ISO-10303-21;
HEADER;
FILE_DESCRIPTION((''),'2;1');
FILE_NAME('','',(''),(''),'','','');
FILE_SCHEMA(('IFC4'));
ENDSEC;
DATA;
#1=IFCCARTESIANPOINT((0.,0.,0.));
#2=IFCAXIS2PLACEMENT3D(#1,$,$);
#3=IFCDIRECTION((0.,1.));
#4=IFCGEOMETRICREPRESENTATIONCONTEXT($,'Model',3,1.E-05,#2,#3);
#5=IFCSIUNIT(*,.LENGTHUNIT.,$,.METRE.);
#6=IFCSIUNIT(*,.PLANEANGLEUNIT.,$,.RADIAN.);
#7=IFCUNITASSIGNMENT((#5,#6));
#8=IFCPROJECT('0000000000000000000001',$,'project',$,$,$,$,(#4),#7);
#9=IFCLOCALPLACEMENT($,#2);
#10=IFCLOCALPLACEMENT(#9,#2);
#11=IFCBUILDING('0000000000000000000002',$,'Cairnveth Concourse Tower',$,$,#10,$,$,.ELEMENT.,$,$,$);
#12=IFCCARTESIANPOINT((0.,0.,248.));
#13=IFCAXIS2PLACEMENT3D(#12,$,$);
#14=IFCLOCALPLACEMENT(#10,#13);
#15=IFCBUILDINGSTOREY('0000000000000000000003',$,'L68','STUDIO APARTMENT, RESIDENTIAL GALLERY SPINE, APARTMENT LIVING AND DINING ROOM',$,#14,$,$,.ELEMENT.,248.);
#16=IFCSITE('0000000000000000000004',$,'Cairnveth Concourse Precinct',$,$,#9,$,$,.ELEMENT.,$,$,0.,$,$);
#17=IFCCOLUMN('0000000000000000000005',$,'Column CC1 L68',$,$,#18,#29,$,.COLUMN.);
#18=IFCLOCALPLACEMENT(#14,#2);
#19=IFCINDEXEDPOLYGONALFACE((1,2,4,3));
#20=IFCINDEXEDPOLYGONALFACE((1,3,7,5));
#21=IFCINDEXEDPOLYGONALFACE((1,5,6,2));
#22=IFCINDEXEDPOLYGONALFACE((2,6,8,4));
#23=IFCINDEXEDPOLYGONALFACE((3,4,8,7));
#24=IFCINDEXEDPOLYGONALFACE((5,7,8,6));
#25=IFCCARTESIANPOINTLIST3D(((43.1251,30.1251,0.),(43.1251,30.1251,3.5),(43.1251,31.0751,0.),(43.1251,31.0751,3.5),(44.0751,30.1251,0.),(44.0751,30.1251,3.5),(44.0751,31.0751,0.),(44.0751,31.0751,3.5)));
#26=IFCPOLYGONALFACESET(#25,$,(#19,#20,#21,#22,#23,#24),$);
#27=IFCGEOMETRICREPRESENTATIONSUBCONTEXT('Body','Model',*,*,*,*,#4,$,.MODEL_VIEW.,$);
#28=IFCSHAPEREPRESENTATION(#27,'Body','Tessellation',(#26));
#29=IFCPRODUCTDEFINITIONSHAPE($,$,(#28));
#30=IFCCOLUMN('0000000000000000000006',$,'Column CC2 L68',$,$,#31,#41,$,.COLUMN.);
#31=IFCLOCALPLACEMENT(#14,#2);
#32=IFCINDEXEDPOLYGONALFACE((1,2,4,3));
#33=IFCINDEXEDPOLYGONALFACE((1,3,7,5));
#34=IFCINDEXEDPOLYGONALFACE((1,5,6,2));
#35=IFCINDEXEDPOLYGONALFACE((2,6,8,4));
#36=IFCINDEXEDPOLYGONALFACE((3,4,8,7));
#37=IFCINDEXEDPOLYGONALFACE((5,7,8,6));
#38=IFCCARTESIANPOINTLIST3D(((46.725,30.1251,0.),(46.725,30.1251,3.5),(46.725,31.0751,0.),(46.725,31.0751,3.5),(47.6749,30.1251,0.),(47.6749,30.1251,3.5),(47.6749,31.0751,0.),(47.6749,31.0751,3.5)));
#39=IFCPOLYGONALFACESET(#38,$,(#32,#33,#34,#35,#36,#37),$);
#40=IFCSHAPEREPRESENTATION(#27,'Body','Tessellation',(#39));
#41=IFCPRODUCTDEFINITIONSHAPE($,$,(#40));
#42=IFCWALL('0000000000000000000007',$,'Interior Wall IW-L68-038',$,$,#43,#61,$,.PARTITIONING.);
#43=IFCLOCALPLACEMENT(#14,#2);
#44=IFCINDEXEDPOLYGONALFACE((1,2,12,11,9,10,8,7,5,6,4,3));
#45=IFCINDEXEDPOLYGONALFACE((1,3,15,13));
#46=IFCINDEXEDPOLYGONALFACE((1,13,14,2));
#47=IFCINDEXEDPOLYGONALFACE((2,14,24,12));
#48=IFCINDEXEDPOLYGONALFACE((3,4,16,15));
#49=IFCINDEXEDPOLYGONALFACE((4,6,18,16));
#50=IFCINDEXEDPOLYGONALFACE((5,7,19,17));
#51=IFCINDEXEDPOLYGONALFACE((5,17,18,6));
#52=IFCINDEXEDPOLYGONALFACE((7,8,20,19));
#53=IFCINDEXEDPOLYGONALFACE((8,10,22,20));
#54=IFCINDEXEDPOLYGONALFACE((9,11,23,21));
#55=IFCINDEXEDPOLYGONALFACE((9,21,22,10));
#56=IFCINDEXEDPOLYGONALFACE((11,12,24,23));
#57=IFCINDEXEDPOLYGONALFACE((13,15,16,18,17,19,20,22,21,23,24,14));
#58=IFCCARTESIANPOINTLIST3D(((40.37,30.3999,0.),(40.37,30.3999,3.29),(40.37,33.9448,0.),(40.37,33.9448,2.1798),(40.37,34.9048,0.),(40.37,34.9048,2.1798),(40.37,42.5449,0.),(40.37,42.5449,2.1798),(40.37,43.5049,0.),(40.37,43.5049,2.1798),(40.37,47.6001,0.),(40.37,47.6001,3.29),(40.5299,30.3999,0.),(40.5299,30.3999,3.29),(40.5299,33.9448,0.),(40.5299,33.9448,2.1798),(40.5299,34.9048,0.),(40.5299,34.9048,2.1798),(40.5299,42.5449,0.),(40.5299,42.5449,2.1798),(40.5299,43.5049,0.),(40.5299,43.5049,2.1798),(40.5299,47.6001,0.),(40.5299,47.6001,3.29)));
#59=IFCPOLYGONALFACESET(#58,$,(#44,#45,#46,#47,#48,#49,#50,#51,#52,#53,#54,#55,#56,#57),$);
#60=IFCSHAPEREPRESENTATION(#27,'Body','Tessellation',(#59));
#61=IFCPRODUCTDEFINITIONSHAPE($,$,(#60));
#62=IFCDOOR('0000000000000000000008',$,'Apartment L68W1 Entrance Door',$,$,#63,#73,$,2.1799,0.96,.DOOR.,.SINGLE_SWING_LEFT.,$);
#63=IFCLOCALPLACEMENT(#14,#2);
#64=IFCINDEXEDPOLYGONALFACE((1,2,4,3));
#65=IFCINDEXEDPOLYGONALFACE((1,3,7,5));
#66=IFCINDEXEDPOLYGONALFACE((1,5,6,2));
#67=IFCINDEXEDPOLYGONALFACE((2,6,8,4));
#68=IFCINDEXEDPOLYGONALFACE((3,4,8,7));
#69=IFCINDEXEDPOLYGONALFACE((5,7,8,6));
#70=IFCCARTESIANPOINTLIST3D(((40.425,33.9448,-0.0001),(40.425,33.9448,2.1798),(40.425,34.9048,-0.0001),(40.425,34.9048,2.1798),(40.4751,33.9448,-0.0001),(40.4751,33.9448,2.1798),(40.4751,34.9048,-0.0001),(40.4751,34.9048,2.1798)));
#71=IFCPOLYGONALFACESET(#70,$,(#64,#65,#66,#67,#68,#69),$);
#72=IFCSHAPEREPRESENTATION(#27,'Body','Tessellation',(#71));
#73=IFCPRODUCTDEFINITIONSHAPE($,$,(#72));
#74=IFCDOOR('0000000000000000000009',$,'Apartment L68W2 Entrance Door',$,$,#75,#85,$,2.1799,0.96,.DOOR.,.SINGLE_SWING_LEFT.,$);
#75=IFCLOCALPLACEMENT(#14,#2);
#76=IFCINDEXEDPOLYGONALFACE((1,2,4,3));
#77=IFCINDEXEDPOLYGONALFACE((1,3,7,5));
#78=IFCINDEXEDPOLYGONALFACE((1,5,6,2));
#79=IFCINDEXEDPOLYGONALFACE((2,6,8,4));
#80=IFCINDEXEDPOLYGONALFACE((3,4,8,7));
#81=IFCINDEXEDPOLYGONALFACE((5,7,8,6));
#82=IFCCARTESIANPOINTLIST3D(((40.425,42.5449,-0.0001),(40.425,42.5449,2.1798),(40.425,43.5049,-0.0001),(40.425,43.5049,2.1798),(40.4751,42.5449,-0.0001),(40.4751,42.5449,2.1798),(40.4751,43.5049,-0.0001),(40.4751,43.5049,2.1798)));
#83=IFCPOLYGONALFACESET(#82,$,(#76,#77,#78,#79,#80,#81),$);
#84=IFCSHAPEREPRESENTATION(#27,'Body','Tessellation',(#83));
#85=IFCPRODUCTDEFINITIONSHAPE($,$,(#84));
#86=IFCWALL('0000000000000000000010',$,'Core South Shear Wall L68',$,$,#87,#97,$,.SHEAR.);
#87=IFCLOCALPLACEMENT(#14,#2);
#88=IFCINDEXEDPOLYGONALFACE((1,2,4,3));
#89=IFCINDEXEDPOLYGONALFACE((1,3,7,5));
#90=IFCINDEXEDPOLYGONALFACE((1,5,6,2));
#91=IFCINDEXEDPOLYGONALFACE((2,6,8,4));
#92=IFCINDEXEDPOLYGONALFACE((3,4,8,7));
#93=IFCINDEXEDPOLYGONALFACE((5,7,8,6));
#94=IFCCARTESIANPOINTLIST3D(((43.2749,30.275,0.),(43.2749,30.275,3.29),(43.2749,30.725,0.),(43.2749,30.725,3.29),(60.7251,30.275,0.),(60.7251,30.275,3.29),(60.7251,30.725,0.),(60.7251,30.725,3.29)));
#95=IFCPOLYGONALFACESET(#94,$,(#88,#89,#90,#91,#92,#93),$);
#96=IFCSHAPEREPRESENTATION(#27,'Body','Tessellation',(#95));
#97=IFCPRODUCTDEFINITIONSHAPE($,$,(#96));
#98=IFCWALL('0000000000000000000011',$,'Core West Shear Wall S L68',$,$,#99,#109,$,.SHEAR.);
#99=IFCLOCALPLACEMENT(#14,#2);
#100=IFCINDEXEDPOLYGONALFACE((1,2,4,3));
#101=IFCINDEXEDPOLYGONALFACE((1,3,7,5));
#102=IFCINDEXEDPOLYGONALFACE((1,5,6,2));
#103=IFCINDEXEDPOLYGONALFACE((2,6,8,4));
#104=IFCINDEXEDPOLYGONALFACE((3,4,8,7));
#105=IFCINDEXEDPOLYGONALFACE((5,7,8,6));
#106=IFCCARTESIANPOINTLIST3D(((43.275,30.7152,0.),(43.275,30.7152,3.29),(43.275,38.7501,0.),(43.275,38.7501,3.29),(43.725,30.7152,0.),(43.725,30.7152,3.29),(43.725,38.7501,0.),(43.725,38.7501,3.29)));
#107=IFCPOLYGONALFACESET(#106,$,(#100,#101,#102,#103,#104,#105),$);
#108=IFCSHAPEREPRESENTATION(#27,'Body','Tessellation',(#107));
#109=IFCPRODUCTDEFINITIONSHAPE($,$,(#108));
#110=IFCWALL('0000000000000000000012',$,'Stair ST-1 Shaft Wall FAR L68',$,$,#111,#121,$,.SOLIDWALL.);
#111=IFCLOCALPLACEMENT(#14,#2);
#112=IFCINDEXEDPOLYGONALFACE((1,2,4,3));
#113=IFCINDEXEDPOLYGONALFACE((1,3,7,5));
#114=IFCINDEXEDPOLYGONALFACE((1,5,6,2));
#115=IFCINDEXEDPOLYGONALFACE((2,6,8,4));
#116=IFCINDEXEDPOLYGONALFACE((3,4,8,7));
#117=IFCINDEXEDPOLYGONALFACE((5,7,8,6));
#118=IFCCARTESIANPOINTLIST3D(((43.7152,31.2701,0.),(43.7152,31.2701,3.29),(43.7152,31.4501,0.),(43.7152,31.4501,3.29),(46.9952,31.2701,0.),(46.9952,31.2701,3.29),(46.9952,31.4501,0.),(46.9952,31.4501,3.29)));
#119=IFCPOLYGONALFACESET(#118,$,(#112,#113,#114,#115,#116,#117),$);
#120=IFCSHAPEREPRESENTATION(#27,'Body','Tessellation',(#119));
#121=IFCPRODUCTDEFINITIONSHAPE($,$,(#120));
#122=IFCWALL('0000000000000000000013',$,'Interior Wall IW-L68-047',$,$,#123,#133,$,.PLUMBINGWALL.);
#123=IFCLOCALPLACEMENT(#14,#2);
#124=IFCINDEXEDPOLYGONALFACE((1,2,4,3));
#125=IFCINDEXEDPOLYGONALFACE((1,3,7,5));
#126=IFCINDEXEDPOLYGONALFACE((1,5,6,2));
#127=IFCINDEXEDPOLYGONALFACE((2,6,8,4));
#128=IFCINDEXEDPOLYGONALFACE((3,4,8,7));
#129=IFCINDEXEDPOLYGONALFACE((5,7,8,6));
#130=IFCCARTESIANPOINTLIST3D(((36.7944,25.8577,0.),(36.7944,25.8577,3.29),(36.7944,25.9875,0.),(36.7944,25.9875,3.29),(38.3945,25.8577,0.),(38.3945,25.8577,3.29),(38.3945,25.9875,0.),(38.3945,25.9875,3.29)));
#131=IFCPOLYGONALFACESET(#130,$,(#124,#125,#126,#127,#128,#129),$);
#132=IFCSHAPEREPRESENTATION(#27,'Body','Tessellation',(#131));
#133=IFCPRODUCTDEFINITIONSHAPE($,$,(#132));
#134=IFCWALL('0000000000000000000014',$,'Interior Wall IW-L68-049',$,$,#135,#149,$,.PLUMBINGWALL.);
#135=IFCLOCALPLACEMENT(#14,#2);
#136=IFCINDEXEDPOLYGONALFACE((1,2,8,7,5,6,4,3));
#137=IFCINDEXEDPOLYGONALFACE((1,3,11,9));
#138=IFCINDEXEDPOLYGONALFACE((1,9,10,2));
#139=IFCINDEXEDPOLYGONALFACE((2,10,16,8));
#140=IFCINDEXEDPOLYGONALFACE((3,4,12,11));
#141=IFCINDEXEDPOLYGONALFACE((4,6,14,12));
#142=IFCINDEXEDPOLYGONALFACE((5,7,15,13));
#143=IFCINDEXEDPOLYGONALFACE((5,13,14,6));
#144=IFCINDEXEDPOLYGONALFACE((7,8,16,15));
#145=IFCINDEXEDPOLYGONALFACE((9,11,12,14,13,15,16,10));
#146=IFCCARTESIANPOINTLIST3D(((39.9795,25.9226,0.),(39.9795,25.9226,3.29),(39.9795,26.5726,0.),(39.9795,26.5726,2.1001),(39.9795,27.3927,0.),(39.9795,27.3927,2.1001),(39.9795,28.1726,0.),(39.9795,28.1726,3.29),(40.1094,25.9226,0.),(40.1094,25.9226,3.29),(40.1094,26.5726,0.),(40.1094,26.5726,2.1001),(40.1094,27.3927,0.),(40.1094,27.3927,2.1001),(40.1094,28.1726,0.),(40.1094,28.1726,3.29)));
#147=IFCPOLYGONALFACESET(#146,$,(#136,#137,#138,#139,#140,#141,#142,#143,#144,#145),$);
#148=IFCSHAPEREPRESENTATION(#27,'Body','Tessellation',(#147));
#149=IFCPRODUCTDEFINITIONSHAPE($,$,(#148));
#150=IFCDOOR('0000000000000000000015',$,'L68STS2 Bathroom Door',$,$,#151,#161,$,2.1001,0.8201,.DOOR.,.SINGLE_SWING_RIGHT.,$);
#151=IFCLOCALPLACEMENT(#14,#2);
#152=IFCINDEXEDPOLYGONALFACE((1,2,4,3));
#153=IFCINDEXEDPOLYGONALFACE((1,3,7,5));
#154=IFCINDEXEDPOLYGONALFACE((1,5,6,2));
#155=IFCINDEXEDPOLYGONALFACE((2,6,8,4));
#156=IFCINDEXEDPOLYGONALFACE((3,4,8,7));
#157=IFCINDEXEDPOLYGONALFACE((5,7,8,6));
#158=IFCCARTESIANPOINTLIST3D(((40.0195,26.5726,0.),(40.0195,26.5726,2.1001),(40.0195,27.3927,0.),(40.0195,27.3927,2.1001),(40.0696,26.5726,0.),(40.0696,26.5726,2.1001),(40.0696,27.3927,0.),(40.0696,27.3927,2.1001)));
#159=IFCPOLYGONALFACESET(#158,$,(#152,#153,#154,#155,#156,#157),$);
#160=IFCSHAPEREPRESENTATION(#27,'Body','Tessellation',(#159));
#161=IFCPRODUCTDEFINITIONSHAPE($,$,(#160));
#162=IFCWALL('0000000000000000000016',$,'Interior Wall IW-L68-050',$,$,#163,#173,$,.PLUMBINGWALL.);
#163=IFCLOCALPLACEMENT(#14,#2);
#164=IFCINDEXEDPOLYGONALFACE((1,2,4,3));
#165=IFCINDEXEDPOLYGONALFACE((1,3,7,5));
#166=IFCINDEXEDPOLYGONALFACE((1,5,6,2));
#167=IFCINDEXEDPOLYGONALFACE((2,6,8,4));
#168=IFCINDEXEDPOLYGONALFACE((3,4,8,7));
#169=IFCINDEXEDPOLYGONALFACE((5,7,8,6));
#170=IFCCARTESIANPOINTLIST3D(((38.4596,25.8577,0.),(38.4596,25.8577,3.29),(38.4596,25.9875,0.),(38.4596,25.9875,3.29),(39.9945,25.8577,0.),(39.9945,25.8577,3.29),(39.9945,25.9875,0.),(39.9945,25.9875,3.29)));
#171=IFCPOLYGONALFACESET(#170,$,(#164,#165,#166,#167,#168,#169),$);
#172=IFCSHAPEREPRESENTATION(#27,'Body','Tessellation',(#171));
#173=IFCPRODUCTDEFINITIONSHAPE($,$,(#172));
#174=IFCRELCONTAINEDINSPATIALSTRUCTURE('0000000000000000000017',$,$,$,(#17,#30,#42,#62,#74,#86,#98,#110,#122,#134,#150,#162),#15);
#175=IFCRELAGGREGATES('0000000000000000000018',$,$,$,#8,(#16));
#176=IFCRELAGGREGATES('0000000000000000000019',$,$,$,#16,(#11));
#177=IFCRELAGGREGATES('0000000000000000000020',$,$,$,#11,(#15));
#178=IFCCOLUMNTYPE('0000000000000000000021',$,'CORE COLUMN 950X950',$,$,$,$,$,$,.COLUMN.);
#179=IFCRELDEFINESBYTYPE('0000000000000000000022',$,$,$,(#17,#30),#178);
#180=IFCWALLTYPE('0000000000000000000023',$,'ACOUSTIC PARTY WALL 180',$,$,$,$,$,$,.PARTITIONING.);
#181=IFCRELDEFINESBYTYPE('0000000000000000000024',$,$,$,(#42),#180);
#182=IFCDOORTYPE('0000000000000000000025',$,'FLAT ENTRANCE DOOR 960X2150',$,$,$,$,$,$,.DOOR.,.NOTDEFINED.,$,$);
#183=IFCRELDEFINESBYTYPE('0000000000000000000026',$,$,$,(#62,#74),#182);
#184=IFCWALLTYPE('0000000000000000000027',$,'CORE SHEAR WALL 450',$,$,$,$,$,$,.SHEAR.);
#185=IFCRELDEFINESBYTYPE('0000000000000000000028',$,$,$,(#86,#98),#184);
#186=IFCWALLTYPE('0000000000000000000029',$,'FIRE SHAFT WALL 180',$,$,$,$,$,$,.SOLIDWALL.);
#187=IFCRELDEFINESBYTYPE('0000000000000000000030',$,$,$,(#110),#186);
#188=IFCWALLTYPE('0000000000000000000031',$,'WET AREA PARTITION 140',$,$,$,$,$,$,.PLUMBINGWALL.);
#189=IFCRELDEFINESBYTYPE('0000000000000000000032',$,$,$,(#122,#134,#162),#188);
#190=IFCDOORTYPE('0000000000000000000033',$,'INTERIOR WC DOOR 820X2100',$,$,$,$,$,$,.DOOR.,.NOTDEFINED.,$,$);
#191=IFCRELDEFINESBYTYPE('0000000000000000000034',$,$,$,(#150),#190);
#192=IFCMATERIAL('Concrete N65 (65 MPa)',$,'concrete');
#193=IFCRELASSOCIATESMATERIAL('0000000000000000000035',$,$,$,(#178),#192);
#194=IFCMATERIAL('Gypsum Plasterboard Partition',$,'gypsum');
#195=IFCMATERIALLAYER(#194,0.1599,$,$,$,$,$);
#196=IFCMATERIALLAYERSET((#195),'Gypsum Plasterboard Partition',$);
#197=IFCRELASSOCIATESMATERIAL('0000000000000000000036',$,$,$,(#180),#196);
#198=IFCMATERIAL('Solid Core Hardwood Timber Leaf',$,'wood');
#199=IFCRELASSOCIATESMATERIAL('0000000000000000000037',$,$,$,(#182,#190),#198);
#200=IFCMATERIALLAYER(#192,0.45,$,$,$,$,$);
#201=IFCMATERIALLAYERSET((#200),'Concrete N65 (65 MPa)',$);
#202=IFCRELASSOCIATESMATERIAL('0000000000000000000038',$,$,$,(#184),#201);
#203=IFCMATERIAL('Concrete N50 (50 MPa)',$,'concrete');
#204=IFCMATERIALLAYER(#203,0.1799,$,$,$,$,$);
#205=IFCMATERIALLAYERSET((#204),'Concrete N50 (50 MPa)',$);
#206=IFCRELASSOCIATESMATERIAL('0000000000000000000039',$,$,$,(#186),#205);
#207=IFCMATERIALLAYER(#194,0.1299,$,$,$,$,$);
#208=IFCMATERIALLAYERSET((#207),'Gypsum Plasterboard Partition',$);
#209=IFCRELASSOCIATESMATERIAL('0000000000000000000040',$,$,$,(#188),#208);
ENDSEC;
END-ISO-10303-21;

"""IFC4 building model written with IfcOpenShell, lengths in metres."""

from ifc_helpers import new_model, si_unit, direction, frame, frame_2d, origin, origin_2d, place, context, subcontext, project, spatial, rectangle, extrude, material, layer, layer_set, material_profile, profile_set, type_object, element, fill, save


model = new_model("IFC4")

# Units and contexts
model_context = context("Model", 3, precision=1e-05, world=origin(), true_north=direction((0.0, 1.0)))
body_context = subcontext(model_context, "Body", "Model", "MODEL_VIEW")
ifc_project = project(units=[si_unit("LENGTHUNIT", "METRE"), si_unit("PLANEANGLEUNIT", "RADIAN")], contexts=[model_context])

# Site, building, storey
site_placement = place(None, origin())
site = spatial("IfcSite", under=ifc_project, at=site_placement, Name="Cairnveth Concourse Precinct", CompositionType="ELEMENT", RefElevation=0.0)
building_placement = place(site_placement, origin())
building = spatial("IfcBuilding", under=site, at=building_placement, Name="Cairnveth Concourse Tower", CompositionType="ELEMENT")
storey_placement = place(building_placement, frame((0.0, 0.0, 248.0)))
storey = spatial("IfcBuildingStorey", under=building, at=storey_placement, Name="L68", Description="STUDIO APARTMENT, RESIDENTIAL GALLERY SPINE, APARTMENT LIVING AND DINING ROOM", CompositionType="ELEMENT", Elevation=248.0)

# Columns
ifc_material_1 = material(Name="Concrete N65 (65 MPa)", Category="concrete")
ifc_material_profile = material_profile(ifc_material_1, rectangle(XDim=0.95, YDim=0.95, at=origin_2d()), Name="RC-COL-950x950")
ifc_profile_set = profile_set([ifc_material_profile], Name="Concrete N65 (65 MPa)")
column_type = type_object("IfcColumnType", Name="CORE COLUMN 950X950", PredefinedType="COLUMN", material=ifc_profile_set)
for number, where, z_axis, x_axis, name in (
    (1, (43.6001, 30.6001, 0.0), (0.0, 0.0, 1.0), (1.0, 0.0, 0.0), "Column CC1 L68"),
    (2, (47.2, 30.6001, 0.0), (0.0, 0.0, 1.0), (1.0, 0.0, 0.0), "Column CC2 L68"),
):
    element("IfcColumn", number, at=place(storey_placement, frame(where, z_axis=z_axis, x_axis=x_axis)), inside=storey, type_object=column_type, Name=name, PredefinedType="COLUMN", context=body_context, shape_type="SweptSolid", body=[
        extrude(rectangle(XDim=0.95, YDim=0.95, at=origin_2d()), origin(), (0.0, 0.0, 1.0), 3.5),
    ])

# Wall, openings, doors
ifc_material_2 = material(Name="Gypsum Plasterboard Partition", Category="gypsum")
ifc_layer_1 = layer(ifc_material_2, 0.1599)
ifc_layer_set_1 = layer_set([ifc_layer_1], Name="Gypsum Plasterboard Partition")
wall_type_1 = type_object("IfcWallType", Name="ACOUSTIC PARTY WALL 180", PredefinedType="PARTITIONING", material=ifc_layer_set_1)
wall_1_placement = place(storey_placement, frame((40.45, 30.3999, 0.0), z_axis=(0.0, 0.0, 1.0), x_axis=(0.0, 1.0, 0.0)))
wall_1 = element("IfcWall", 3, at=wall_1_placement, inside=storey, type_object=wall_type_1, Name="Interior Wall IW-L68-038", PredefinedType="PARTITIONING", context=body_context, shape_type="SweptSolid", body=[
    extrude(rectangle(XDim=17.2002, YDim=0.1599, at=frame_2d((8.6001, 0.0))), origin(), (0.0, 0.0, 1.0), 3.29),
])
opening_1_placement = place(wall_1_placement, frame((3.5449, 0.0, 0.0)))
opening_1 = element("IfcOpeningElement", 4, at=opening_1_placement, cuts=wall_1, PredefinedType="OPENING", context=body_context, shape_type="SweptSolid", body=[
    extrude(rectangle(XDim=0.96, YDim=2.1799, at=frame_2d((0.48, 1.0898))), frame((0.0, 0.0898, 0.0), z_axis=(0.0, -1.0, 0.0), x_axis=(1.0, 0.0, 0.0)), (0.0, 0.0, 1.0), 0.1799),
])
opening_2_placement = place(wall_1_placement, frame((12.145, 0.0, 0.0)))
opening_2 = element("IfcOpeningElement", 5, at=opening_2_placement, cuts=wall_1, PredefinedType="OPENING", context=body_context, shape_type="SweptSolid", body=[
    extrude(rectangle(XDim=0.96, YDim=2.1799, at=frame_2d((0.48, 1.0898))), frame((0.0, 0.0898, 0.0), z_axis=(0.0, -1.0, 0.0), x_axis=(1.0, 0.0, 0.0)), (0.0, 0.0, 1.0), 0.1799),
])
ifc_material_3 = material(Name="Solid Core Hardwood Timber Leaf", Category="wood")
door_type_1 = type_object("IfcDoorType", Name="FLAT ENTRANCE DOOR 960X2150", OperationType="NOTDEFINED", PredefinedType="DOOR", material=ifc_material_3)
door_1_placement = place(opening_1_placement, origin())
door_1 = element("IfcDoor", 6, at=door_1_placement, inside=storey, type_object=door_type_1, Name="Apartment L68W1 Entrance Door", OperationType="SINGLE_SWING_LEFT", OverallHeight=2.1799, OverallWidth=0.96, PredefinedType="DOOR", context=body_context, shape_type="SweptSolid", body=[
    extrude(rectangle(XDim=0.96, YDim=2.1799, at=frame_2d((0.48, 1.0898))), frame((0.0, 0.0249, 0.0), z_axis=(0.0, -1.0, 0.0), x_axis=(1.0, 0.0, 0.0)), (0.0, 0.0, 1.0), 0.05),
])
fill(opening_1, door_1)
door_2_placement = place(opening_2_placement, origin())
door_2 = element("IfcDoor", 7, at=door_2_placement, inside=storey, type_object=door_type_1, Name="Apartment L68W2 Entrance Door", OperationType="SINGLE_SWING_LEFT", OverallHeight=2.1799, OverallWidth=0.96, PredefinedType="DOOR", context=body_context, shape_type="SweptSolid", body=[
    extrude(rectangle(XDim=0.96, YDim=2.1799, at=frame_2d((0.48, 1.0898))), frame((0.0, 0.0249, 0.0), z_axis=(0.0, -1.0, 0.0), x_axis=(1.0, 0.0, 0.0)), (0.0, 0.0, 1.0), 0.05),
])
fill(opening_2, door_2)

# Walls
ifc_layer_2 = layer(ifc_material_1, 0.45)
ifc_layer_set_2 = layer_set([ifc_layer_2], Name="Concrete N65 (65 MPa)")
wall_type_2 = type_object("IfcWallType", Name="CORE SHEAR WALL 450", PredefinedType="SHEAR", material=ifc_layer_set_2)
wall_2_placement = place(storey_placement, frame((43.2749, 30.5, 0.0), z_axis=(0.0, 0.0, 1.0), x_axis=(1.0, 0.0, 0.0)))
element("IfcWall", 8, at=wall_2_placement, inside=storey, type_object=wall_type_2, Name="Core South Shear Wall L68", PredefinedType="SHEAR", context=body_context, shape_type="SweptSolid", body=[
    extrude(rectangle(XDim=17.4502, YDim=0.45, at=frame_2d((8.7251, 0.0))), origin(), (0.0, 0.0, 1.0), 3.29),
])
wall_3_placement = place(storey_placement, frame((43.5, 30.7151, 0.0), z_axis=(0.0, 0.0, 1.0), x_axis=(0.0, 1.0, 0.0)))
element("IfcWall", 9, at=wall_3_placement, inside=storey, type_object=wall_type_2, Name="Core West Shear Wall S L68", PredefinedType="SHEAR", context=body_context, shape_type="SweptSolid", body=[
    extrude(rectangle(XDim=8.0349, YDim=0.45, at=frame_2d((4.0176, 0.0))), origin(), (0.0, 0.0, 1.0), 3.29),
])
ifc_material_4 = material(Name="Concrete N50 (50 MPa)", Category="concrete")
ifc_layer_3 = layer(ifc_material_4, 0.1799)
ifc_layer_set_3 = layer_set([ifc_layer_3], Name="Concrete N50 (50 MPa)")
wall_type_3 = type_object("IfcWallType", Name="FIRE SHAFT WALL 180", PredefinedType="SOLIDWALL", material=ifc_layer_set_3)
wall_4_placement = place(storey_placement, frame((43.7151, 31.3601, 0.0), z_axis=(0.0, 0.0, 1.0), x_axis=(1.0, 0.0, 0.0)))
element("IfcWall", 10, at=wall_4_placement, inside=storey, type_object=wall_type_3, Name="Stair ST-1 Shaft Wall FAR L68", PredefinedType="SOLIDWALL", context=body_context, shape_type="SweptSolid", body=[
    extrude(rectangle(XDim=3.28, YDim=0.1799, at=frame_2d((1.6401, 0.0))), origin(), (0.0, 0.0, 1.0), 3.29),
])
ifc_layer_4 = layer(ifc_material_2, 0.1299)
ifc_layer_set_4 = layer_set([ifc_layer_4], Name="Gypsum Plasterboard Partition")
wall_type_4 = type_object("IfcWallType", Name="WET AREA PARTITION 140", PredefinedType="PLUMBINGWALL", material=ifc_layer_set_4)
wall_5_placement = place(storey_placement, frame((36.7944, 25.9226, 0.0), z_axis=(0.0, 0.0, 1.0), x_axis=(1.0, 0.0, 0.0)))
element("IfcWall", 11, at=wall_5_placement, inside=storey, type_object=wall_type_4, Name="Interior Wall IW-L68-047", PredefinedType="PLUMBINGWALL", context=body_context, shape_type="SweptSolid", body=[
    extrude(rectangle(XDim=1.6001, YDim=0.1299, at=frame_2d((0.8, 0.0))), origin(), (0.0, 0.0, 1.0), 3.29),
])

# Wall, opening, door
wall_6_placement = place(storey_placement, frame((40.0444, 25.9226, 0.0), z_axis=(0.0, 0.0, 1.0), x_axis=(0.0, 1.0, 0.0)))
wall_6 = element("IfcWall", 12, at=wall_6_placement, inside=storey, type_object=wall_type_4, Name="Interior Wall IW-L68-049", PredefinedType="PLUMBINGWALL", context=body_context, shape_type="SweptSolid", body=[
    extrude(rectangle(XDim=2.25, YDim=0.1299, at=frame_2d((1.125, 0.0))), origin(), (0.0, 0.0, 1.0), 3.29),
])
opening_3_placement = place(wall_6_placement, frame((0.6499, 0.0, 0.0)))
opening_3 = element("IfcOpeningElement", 13, at=opening_3_placement, cuts=wall_6, PredefinedType="OPENING", context=body_context, shape_type="SweptSolid", body=[
    extrude(rectangle(XDim=0.8201, YDim=2.1001, at=frame_2d((0.4102, 1.05))), frame((0.0, 0.075, 0.0), z_axis=(0.0, -1.0, 0.0), x_axis=(1.0, 0.0, 0.0)), (0.0, 0.0, 1.0), 0.1499),
])
door_type_2 = type_object("IfcDoorType", Name="INTERIOR WC DOOR 820X2100", OperationType="NOTDEFINED", PredefinedType="DOOR", material=ifc_material_3)
door_3_placement = place(opening_3_placement, origin())
door_3 = element("IfcDoor", 14, at=door_3_placement, inside=storey, type_object=door_type_2, Name="L68STS2 Bathroom Door", OperationType="SINGLE_SWING_RIGHT", OverallHeight=2.1001, OverallWidth=0.8201, PredefinedType="DOOR", context=body_context, shape_type="SweptSolid", body=[
    extrude(rectangle(XDim=0.8201, YDim=2.1001, at=frame_2d((0.4102, 1.05))), frame((0.0, 0.0249, 0.0), z_axis=(0.0, -1.0, 0.0), x_axis=(1.0, 0.0, 0.0)), (0.0, 0.0, 1.0), 0.05),
])
fill(opening_3, door_3)

# Wall
wall_7_placement = place(storey_placement, frame((38.4595, 25.9226, 0.0), z_axis=(0.0, 0.0, 1.0), x_axis=(1.0, 0.0, 0.0)))
element("IfcWall", 15, at=wall_7_placement, inside=storey, type_object=wall_type_4, Name="Interior Wall IW-L68-050", PredefinedType="PLUMBINGWALL", context=body_context, shape_type="SweptSolid", body=[
    extrude(rectangle(XDim=1.5349, YDim=0.1299, at=frame_2d((0.7676, 0.0))), origin(), (0.0, 0.0, 1.0), 3.29),
])

save(model, "model.ifc")
